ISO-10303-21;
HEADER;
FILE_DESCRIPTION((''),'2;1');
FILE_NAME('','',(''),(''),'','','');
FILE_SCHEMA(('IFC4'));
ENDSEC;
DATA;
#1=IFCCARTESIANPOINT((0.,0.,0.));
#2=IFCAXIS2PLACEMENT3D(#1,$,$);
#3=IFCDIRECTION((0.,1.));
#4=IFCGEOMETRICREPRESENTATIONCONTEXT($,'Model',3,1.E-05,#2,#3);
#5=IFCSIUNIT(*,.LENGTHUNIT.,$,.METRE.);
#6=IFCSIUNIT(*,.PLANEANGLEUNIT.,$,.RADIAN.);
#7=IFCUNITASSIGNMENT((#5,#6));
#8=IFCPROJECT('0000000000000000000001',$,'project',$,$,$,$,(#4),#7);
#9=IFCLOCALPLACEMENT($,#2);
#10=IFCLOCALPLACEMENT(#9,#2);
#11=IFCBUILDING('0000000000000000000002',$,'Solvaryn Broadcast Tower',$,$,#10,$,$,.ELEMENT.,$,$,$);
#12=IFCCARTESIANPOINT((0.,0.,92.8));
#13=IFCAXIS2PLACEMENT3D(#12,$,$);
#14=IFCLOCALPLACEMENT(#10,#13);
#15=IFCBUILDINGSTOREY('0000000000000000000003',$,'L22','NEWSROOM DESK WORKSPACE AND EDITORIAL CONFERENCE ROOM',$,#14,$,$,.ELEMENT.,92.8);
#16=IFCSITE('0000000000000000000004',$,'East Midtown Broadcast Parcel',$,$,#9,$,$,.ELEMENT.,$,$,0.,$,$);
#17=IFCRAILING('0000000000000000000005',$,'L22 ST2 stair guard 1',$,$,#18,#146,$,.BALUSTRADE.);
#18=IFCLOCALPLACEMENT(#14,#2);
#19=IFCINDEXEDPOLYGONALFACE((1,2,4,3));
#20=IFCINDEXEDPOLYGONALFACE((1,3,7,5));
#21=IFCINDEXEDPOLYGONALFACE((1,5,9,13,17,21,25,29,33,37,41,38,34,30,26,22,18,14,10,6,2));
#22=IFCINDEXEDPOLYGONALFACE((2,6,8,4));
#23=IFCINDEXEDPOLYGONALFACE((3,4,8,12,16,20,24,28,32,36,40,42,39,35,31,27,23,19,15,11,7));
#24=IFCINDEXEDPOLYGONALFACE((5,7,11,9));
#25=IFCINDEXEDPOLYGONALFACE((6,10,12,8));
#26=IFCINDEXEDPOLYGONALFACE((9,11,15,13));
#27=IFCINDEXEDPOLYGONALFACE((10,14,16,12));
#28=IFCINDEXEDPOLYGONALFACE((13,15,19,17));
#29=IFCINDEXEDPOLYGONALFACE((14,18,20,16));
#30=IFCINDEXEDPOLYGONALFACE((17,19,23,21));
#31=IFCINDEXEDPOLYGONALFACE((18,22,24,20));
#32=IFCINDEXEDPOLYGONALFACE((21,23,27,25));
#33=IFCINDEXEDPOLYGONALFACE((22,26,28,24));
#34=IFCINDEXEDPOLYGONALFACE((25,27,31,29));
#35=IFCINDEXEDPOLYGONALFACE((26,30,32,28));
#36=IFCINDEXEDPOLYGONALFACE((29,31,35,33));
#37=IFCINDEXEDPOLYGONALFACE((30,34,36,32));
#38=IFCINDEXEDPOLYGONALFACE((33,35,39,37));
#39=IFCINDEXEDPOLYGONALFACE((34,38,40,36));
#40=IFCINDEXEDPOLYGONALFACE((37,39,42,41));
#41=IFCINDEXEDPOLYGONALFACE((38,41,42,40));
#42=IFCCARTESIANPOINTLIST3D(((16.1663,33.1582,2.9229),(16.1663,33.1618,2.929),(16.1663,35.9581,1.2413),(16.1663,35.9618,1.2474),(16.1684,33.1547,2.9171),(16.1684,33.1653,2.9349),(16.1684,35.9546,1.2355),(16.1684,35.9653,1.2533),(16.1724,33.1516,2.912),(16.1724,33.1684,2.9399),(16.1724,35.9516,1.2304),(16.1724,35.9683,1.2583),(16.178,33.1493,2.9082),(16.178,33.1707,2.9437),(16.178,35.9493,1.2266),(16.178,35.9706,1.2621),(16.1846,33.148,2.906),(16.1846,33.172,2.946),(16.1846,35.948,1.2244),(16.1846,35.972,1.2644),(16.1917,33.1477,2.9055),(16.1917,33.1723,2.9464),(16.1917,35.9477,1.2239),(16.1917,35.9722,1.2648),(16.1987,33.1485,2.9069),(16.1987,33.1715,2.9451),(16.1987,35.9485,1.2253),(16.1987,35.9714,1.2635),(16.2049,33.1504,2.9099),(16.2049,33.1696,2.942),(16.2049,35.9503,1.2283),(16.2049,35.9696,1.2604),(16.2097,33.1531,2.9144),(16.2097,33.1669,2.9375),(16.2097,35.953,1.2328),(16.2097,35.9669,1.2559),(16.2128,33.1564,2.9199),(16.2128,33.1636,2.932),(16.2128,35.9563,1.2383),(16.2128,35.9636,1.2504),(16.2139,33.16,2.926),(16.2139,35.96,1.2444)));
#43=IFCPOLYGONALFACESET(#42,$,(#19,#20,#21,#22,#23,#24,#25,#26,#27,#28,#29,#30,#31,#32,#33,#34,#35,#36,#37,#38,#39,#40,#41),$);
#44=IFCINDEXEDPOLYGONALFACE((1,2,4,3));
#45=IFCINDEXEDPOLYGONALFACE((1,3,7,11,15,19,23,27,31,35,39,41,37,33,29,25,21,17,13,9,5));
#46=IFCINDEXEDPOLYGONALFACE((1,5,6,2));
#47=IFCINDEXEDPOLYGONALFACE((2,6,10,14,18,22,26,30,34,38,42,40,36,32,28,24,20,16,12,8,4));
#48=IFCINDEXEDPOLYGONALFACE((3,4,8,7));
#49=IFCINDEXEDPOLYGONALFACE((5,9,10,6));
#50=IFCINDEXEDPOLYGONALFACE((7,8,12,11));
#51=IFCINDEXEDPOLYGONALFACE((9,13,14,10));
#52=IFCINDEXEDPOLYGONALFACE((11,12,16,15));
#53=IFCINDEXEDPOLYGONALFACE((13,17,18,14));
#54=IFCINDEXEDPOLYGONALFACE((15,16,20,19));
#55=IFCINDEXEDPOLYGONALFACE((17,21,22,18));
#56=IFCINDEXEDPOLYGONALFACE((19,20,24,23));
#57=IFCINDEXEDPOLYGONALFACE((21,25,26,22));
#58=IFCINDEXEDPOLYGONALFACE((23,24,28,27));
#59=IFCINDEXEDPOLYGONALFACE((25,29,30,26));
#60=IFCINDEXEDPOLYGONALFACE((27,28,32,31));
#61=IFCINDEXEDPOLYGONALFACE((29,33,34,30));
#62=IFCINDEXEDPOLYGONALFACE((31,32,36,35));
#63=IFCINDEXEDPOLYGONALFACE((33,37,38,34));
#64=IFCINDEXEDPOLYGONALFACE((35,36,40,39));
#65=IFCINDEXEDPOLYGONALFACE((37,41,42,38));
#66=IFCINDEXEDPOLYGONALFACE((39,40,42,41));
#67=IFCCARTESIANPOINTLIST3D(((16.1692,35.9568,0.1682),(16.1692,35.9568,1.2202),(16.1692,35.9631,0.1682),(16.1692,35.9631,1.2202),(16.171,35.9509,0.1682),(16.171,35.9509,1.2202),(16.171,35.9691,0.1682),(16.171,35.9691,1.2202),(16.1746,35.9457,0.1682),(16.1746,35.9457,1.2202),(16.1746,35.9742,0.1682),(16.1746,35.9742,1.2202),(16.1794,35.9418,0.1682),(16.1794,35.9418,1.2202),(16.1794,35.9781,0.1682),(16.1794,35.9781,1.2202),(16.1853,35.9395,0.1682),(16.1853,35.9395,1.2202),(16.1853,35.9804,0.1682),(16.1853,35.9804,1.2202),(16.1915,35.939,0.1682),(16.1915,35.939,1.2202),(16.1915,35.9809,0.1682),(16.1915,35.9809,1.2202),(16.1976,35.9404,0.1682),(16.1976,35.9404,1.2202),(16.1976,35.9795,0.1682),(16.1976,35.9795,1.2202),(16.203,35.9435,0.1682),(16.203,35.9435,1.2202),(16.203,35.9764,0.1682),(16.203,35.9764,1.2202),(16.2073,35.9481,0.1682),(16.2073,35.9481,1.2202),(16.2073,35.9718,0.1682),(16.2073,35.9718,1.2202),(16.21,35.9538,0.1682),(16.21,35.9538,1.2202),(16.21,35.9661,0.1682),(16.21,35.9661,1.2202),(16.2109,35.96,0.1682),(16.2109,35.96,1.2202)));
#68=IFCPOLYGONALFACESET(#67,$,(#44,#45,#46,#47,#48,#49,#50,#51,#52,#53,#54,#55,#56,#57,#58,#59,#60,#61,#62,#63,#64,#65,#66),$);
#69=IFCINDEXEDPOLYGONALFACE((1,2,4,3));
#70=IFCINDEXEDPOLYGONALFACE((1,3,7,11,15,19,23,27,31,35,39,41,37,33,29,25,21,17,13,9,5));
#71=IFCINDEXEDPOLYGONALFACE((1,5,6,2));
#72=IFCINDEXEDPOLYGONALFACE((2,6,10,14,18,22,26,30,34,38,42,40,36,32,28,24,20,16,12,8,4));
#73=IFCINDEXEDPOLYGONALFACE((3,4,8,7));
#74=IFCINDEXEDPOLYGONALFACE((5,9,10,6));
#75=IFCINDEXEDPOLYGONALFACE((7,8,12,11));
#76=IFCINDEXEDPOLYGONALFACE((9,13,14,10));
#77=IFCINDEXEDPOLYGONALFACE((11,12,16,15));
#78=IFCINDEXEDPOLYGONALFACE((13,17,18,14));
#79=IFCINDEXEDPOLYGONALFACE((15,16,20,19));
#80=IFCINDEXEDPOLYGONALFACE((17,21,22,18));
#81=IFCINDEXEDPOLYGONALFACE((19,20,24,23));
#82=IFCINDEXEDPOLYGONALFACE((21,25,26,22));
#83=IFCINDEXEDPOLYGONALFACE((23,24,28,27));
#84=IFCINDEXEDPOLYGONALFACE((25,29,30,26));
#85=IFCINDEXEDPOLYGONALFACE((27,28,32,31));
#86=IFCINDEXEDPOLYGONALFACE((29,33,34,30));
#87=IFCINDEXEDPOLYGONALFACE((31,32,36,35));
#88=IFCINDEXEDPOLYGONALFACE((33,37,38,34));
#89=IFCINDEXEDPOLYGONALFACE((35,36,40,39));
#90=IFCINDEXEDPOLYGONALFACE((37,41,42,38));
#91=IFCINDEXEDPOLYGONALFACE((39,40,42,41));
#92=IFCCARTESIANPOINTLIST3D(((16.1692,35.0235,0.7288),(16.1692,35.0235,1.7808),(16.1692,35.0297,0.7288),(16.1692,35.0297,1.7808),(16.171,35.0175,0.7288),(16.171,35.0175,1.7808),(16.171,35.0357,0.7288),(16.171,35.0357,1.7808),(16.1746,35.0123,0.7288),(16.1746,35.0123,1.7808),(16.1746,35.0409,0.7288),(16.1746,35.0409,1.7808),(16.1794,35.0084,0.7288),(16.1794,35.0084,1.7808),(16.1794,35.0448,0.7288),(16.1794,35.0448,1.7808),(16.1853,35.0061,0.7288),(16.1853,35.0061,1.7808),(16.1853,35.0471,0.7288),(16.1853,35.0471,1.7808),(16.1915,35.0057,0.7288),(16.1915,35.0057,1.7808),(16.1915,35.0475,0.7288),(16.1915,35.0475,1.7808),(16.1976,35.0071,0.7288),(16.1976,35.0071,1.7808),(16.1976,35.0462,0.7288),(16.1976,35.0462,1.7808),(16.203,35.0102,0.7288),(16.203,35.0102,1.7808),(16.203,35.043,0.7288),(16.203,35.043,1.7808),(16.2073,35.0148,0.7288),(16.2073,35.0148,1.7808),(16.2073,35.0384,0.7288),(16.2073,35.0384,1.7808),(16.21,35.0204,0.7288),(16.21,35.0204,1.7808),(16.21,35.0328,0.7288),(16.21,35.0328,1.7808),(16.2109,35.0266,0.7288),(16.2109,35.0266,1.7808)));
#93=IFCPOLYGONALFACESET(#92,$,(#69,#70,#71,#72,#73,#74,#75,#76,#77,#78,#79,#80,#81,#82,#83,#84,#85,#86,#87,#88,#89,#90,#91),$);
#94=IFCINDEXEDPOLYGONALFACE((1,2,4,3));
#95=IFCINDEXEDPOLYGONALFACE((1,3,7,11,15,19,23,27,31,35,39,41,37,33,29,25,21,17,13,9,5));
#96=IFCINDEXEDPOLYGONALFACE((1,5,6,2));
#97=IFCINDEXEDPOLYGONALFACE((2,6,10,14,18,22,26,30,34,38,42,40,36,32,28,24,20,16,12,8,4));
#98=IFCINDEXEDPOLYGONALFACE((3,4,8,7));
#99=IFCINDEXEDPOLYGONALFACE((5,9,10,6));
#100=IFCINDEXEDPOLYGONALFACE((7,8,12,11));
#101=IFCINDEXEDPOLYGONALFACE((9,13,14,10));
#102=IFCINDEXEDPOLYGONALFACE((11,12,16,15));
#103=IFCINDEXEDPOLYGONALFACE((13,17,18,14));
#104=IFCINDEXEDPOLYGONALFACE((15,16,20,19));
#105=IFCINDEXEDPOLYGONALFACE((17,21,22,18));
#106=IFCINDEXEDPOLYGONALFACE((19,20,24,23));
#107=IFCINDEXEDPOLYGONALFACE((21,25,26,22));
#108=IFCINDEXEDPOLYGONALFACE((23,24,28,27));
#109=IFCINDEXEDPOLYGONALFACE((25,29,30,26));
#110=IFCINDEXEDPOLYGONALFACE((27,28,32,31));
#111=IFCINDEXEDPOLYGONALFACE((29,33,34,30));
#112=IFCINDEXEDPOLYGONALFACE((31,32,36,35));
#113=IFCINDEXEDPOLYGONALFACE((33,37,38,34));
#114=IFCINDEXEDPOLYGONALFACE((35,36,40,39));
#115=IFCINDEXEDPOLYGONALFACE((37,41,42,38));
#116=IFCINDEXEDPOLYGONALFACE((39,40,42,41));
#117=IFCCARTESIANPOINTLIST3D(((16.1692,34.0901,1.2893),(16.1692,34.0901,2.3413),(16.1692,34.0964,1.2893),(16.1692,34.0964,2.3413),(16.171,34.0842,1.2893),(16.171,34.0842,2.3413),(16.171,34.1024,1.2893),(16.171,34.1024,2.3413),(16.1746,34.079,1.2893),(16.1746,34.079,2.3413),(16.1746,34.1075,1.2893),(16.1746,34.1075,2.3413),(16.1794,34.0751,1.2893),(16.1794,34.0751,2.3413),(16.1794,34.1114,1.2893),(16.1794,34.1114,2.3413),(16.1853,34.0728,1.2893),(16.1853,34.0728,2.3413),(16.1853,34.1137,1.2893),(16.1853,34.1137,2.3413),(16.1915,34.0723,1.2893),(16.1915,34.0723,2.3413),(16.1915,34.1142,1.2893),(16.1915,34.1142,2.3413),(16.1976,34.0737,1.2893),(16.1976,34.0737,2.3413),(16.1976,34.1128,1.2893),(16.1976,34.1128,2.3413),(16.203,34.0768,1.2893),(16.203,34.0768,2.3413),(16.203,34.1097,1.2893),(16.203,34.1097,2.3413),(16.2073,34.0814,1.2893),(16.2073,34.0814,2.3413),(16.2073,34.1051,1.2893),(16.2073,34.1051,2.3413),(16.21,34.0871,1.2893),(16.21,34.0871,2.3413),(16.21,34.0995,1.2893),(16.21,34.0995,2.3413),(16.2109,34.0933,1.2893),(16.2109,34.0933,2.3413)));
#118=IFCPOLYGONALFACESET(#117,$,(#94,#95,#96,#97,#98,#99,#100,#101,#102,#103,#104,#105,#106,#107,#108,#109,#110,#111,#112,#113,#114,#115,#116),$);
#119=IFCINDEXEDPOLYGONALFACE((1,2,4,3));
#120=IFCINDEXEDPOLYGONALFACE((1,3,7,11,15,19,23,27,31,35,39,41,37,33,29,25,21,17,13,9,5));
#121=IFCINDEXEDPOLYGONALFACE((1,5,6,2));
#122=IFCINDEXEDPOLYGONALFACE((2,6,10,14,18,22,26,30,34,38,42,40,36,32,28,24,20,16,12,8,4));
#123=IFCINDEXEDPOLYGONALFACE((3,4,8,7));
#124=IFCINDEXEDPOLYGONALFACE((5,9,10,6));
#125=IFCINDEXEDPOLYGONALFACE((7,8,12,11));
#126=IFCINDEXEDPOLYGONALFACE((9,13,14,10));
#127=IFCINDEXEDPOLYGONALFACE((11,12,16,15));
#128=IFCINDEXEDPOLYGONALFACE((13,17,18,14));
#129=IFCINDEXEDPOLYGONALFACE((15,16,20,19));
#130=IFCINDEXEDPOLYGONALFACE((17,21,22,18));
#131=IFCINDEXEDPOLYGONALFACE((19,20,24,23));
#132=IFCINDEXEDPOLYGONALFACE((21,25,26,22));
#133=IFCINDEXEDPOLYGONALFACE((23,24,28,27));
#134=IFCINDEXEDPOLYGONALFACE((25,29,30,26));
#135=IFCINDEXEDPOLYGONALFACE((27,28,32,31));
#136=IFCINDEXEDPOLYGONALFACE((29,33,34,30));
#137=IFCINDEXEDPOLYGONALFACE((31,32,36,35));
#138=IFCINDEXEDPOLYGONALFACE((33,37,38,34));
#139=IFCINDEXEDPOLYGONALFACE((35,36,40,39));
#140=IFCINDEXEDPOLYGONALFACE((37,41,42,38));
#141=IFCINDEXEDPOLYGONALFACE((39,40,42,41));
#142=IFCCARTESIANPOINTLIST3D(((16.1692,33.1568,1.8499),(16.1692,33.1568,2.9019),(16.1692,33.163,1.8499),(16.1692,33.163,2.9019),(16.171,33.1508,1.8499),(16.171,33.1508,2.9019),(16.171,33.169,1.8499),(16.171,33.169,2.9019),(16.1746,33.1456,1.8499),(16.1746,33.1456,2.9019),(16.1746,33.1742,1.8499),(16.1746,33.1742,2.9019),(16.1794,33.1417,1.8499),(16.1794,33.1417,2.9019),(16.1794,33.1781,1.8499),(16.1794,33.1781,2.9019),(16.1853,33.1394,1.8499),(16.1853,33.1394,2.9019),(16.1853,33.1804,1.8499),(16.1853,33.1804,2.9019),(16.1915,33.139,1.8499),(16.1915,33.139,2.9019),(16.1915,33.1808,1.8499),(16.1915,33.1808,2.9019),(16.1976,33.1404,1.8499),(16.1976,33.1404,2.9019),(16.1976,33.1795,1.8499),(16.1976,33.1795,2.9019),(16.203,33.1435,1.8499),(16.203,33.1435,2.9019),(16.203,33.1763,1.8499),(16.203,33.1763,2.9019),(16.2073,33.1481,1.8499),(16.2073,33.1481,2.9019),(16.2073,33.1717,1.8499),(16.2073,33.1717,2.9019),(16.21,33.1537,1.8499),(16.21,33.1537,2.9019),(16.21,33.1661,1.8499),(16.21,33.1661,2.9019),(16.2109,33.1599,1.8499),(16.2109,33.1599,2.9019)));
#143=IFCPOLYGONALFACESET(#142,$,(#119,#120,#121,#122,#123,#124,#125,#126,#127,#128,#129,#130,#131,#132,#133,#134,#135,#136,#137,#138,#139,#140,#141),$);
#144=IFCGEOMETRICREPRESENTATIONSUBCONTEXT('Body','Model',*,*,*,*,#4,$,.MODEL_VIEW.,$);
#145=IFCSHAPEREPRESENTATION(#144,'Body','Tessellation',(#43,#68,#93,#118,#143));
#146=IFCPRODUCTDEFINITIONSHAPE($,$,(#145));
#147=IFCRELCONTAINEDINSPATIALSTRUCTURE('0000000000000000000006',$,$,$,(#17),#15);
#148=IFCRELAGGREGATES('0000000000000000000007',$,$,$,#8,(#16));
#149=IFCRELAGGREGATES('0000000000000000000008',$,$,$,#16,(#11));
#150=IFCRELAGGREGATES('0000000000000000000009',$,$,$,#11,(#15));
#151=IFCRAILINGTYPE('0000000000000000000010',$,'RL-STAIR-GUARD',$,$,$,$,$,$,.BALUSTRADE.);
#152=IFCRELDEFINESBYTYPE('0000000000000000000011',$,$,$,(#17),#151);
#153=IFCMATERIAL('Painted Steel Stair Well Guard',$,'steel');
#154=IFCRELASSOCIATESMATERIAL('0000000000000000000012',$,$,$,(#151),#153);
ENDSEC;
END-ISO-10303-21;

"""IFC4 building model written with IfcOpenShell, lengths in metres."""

from ifc_helpers import new_model, si_unit, direction, frame, origin, origin_2d, place, context, subcontext, project, spatial, circle, extrude, material, type_object, element, save


model = new_model("IFC4")

# Units and contexts
model_context = context("Model", 3, precision=1e-05, world=origin(), true_north=direction((0.0, 1.0)))
body_context = subcontext(model_context, "Body", "Model", "MODEL_VIEW")
ifc_project = project(units=[si_unit("LENGTHUNIT", "METRE"), si_unit("PLANEANGLEUNIT", "RADIAN")], contexts=[model_context])

# Site, building, storey
site_placement = place(None, origin())
site = spatial("IfcSite", under=ifc_project, at=site_placement, Name="East Midtown Broadcast Parcel", CompositionType="ELEMENT", RefElevation=0.0)
building_placement = place(site_placement, origin())
building = spatial("IfcBuilding", under=site, at=building_placement, Name="Solvaryn Broadcast Tower", CompositionType="ELEMENT")
storey_placement = place(building_placement, frame((0.0, 0.0, 92.8)))
storey = spatial("IfcBuildingStorey", under=building, at=storey_placement, Name="L22", Description="NEWSROOM DESK WORKSPACE AND EDITORIAL CONFERENCE ROOM", CompositionType="ELEMENT", Elevation=92.8)

# Railing
ifc_material_1 = material(Name="Painted Steel Stair Well Guard", Category="steel")
railing_type_1 = type_object("IfcRailingType", Name="RL-STAIR-GUARD", PredefinedType="BALUSTRADE", material=ifc_material_1)
railing_1_placement = place(storey_placement, frame((16.1899, 35.96, 0.1682)))
element("IfcRailing", 1, at=railing_1_placement, inside=storey, type_object=railing_type_1, Name="L22 ST2 stair guard 1", PredefinedType="BALUSTRADE", context=body_context, shape_type="SweptSolid", body=[
    extrude(circle(Radius=0.0239, at=origin_2d()), frame((0.0, 0.0, 1.0762), z_axis=(0.0, -0.857275, 0.514858), x_axis=(1.0, 0.0, 0.0)), (0.0, 0.0, 1.0), 3.2661),
    extrude(circle(Radius=0.021, at=origin_2d()), origin(), (0.0, 0.0, 1.0), 1.052),
    extrude(circle(Radius=0.021, at=origin_2d()), frame((0.0, -0.9333, 0.5605)), (0.0, 0.0, 1.0), 1.052),
    extrude(circle(Radius=0.021, at=origin_2d()), frame((0.0, -1.8667, 1.1211)), (0.0, 0.0, 1.0), 1.052),
    extrude(circle(Radius=0.021, at=origin_2d()), frame((0.0, -2.8, 1.6816)), (0.0, 0.0, 1.0), 1.052),
])

save(model, "model.ifc")
